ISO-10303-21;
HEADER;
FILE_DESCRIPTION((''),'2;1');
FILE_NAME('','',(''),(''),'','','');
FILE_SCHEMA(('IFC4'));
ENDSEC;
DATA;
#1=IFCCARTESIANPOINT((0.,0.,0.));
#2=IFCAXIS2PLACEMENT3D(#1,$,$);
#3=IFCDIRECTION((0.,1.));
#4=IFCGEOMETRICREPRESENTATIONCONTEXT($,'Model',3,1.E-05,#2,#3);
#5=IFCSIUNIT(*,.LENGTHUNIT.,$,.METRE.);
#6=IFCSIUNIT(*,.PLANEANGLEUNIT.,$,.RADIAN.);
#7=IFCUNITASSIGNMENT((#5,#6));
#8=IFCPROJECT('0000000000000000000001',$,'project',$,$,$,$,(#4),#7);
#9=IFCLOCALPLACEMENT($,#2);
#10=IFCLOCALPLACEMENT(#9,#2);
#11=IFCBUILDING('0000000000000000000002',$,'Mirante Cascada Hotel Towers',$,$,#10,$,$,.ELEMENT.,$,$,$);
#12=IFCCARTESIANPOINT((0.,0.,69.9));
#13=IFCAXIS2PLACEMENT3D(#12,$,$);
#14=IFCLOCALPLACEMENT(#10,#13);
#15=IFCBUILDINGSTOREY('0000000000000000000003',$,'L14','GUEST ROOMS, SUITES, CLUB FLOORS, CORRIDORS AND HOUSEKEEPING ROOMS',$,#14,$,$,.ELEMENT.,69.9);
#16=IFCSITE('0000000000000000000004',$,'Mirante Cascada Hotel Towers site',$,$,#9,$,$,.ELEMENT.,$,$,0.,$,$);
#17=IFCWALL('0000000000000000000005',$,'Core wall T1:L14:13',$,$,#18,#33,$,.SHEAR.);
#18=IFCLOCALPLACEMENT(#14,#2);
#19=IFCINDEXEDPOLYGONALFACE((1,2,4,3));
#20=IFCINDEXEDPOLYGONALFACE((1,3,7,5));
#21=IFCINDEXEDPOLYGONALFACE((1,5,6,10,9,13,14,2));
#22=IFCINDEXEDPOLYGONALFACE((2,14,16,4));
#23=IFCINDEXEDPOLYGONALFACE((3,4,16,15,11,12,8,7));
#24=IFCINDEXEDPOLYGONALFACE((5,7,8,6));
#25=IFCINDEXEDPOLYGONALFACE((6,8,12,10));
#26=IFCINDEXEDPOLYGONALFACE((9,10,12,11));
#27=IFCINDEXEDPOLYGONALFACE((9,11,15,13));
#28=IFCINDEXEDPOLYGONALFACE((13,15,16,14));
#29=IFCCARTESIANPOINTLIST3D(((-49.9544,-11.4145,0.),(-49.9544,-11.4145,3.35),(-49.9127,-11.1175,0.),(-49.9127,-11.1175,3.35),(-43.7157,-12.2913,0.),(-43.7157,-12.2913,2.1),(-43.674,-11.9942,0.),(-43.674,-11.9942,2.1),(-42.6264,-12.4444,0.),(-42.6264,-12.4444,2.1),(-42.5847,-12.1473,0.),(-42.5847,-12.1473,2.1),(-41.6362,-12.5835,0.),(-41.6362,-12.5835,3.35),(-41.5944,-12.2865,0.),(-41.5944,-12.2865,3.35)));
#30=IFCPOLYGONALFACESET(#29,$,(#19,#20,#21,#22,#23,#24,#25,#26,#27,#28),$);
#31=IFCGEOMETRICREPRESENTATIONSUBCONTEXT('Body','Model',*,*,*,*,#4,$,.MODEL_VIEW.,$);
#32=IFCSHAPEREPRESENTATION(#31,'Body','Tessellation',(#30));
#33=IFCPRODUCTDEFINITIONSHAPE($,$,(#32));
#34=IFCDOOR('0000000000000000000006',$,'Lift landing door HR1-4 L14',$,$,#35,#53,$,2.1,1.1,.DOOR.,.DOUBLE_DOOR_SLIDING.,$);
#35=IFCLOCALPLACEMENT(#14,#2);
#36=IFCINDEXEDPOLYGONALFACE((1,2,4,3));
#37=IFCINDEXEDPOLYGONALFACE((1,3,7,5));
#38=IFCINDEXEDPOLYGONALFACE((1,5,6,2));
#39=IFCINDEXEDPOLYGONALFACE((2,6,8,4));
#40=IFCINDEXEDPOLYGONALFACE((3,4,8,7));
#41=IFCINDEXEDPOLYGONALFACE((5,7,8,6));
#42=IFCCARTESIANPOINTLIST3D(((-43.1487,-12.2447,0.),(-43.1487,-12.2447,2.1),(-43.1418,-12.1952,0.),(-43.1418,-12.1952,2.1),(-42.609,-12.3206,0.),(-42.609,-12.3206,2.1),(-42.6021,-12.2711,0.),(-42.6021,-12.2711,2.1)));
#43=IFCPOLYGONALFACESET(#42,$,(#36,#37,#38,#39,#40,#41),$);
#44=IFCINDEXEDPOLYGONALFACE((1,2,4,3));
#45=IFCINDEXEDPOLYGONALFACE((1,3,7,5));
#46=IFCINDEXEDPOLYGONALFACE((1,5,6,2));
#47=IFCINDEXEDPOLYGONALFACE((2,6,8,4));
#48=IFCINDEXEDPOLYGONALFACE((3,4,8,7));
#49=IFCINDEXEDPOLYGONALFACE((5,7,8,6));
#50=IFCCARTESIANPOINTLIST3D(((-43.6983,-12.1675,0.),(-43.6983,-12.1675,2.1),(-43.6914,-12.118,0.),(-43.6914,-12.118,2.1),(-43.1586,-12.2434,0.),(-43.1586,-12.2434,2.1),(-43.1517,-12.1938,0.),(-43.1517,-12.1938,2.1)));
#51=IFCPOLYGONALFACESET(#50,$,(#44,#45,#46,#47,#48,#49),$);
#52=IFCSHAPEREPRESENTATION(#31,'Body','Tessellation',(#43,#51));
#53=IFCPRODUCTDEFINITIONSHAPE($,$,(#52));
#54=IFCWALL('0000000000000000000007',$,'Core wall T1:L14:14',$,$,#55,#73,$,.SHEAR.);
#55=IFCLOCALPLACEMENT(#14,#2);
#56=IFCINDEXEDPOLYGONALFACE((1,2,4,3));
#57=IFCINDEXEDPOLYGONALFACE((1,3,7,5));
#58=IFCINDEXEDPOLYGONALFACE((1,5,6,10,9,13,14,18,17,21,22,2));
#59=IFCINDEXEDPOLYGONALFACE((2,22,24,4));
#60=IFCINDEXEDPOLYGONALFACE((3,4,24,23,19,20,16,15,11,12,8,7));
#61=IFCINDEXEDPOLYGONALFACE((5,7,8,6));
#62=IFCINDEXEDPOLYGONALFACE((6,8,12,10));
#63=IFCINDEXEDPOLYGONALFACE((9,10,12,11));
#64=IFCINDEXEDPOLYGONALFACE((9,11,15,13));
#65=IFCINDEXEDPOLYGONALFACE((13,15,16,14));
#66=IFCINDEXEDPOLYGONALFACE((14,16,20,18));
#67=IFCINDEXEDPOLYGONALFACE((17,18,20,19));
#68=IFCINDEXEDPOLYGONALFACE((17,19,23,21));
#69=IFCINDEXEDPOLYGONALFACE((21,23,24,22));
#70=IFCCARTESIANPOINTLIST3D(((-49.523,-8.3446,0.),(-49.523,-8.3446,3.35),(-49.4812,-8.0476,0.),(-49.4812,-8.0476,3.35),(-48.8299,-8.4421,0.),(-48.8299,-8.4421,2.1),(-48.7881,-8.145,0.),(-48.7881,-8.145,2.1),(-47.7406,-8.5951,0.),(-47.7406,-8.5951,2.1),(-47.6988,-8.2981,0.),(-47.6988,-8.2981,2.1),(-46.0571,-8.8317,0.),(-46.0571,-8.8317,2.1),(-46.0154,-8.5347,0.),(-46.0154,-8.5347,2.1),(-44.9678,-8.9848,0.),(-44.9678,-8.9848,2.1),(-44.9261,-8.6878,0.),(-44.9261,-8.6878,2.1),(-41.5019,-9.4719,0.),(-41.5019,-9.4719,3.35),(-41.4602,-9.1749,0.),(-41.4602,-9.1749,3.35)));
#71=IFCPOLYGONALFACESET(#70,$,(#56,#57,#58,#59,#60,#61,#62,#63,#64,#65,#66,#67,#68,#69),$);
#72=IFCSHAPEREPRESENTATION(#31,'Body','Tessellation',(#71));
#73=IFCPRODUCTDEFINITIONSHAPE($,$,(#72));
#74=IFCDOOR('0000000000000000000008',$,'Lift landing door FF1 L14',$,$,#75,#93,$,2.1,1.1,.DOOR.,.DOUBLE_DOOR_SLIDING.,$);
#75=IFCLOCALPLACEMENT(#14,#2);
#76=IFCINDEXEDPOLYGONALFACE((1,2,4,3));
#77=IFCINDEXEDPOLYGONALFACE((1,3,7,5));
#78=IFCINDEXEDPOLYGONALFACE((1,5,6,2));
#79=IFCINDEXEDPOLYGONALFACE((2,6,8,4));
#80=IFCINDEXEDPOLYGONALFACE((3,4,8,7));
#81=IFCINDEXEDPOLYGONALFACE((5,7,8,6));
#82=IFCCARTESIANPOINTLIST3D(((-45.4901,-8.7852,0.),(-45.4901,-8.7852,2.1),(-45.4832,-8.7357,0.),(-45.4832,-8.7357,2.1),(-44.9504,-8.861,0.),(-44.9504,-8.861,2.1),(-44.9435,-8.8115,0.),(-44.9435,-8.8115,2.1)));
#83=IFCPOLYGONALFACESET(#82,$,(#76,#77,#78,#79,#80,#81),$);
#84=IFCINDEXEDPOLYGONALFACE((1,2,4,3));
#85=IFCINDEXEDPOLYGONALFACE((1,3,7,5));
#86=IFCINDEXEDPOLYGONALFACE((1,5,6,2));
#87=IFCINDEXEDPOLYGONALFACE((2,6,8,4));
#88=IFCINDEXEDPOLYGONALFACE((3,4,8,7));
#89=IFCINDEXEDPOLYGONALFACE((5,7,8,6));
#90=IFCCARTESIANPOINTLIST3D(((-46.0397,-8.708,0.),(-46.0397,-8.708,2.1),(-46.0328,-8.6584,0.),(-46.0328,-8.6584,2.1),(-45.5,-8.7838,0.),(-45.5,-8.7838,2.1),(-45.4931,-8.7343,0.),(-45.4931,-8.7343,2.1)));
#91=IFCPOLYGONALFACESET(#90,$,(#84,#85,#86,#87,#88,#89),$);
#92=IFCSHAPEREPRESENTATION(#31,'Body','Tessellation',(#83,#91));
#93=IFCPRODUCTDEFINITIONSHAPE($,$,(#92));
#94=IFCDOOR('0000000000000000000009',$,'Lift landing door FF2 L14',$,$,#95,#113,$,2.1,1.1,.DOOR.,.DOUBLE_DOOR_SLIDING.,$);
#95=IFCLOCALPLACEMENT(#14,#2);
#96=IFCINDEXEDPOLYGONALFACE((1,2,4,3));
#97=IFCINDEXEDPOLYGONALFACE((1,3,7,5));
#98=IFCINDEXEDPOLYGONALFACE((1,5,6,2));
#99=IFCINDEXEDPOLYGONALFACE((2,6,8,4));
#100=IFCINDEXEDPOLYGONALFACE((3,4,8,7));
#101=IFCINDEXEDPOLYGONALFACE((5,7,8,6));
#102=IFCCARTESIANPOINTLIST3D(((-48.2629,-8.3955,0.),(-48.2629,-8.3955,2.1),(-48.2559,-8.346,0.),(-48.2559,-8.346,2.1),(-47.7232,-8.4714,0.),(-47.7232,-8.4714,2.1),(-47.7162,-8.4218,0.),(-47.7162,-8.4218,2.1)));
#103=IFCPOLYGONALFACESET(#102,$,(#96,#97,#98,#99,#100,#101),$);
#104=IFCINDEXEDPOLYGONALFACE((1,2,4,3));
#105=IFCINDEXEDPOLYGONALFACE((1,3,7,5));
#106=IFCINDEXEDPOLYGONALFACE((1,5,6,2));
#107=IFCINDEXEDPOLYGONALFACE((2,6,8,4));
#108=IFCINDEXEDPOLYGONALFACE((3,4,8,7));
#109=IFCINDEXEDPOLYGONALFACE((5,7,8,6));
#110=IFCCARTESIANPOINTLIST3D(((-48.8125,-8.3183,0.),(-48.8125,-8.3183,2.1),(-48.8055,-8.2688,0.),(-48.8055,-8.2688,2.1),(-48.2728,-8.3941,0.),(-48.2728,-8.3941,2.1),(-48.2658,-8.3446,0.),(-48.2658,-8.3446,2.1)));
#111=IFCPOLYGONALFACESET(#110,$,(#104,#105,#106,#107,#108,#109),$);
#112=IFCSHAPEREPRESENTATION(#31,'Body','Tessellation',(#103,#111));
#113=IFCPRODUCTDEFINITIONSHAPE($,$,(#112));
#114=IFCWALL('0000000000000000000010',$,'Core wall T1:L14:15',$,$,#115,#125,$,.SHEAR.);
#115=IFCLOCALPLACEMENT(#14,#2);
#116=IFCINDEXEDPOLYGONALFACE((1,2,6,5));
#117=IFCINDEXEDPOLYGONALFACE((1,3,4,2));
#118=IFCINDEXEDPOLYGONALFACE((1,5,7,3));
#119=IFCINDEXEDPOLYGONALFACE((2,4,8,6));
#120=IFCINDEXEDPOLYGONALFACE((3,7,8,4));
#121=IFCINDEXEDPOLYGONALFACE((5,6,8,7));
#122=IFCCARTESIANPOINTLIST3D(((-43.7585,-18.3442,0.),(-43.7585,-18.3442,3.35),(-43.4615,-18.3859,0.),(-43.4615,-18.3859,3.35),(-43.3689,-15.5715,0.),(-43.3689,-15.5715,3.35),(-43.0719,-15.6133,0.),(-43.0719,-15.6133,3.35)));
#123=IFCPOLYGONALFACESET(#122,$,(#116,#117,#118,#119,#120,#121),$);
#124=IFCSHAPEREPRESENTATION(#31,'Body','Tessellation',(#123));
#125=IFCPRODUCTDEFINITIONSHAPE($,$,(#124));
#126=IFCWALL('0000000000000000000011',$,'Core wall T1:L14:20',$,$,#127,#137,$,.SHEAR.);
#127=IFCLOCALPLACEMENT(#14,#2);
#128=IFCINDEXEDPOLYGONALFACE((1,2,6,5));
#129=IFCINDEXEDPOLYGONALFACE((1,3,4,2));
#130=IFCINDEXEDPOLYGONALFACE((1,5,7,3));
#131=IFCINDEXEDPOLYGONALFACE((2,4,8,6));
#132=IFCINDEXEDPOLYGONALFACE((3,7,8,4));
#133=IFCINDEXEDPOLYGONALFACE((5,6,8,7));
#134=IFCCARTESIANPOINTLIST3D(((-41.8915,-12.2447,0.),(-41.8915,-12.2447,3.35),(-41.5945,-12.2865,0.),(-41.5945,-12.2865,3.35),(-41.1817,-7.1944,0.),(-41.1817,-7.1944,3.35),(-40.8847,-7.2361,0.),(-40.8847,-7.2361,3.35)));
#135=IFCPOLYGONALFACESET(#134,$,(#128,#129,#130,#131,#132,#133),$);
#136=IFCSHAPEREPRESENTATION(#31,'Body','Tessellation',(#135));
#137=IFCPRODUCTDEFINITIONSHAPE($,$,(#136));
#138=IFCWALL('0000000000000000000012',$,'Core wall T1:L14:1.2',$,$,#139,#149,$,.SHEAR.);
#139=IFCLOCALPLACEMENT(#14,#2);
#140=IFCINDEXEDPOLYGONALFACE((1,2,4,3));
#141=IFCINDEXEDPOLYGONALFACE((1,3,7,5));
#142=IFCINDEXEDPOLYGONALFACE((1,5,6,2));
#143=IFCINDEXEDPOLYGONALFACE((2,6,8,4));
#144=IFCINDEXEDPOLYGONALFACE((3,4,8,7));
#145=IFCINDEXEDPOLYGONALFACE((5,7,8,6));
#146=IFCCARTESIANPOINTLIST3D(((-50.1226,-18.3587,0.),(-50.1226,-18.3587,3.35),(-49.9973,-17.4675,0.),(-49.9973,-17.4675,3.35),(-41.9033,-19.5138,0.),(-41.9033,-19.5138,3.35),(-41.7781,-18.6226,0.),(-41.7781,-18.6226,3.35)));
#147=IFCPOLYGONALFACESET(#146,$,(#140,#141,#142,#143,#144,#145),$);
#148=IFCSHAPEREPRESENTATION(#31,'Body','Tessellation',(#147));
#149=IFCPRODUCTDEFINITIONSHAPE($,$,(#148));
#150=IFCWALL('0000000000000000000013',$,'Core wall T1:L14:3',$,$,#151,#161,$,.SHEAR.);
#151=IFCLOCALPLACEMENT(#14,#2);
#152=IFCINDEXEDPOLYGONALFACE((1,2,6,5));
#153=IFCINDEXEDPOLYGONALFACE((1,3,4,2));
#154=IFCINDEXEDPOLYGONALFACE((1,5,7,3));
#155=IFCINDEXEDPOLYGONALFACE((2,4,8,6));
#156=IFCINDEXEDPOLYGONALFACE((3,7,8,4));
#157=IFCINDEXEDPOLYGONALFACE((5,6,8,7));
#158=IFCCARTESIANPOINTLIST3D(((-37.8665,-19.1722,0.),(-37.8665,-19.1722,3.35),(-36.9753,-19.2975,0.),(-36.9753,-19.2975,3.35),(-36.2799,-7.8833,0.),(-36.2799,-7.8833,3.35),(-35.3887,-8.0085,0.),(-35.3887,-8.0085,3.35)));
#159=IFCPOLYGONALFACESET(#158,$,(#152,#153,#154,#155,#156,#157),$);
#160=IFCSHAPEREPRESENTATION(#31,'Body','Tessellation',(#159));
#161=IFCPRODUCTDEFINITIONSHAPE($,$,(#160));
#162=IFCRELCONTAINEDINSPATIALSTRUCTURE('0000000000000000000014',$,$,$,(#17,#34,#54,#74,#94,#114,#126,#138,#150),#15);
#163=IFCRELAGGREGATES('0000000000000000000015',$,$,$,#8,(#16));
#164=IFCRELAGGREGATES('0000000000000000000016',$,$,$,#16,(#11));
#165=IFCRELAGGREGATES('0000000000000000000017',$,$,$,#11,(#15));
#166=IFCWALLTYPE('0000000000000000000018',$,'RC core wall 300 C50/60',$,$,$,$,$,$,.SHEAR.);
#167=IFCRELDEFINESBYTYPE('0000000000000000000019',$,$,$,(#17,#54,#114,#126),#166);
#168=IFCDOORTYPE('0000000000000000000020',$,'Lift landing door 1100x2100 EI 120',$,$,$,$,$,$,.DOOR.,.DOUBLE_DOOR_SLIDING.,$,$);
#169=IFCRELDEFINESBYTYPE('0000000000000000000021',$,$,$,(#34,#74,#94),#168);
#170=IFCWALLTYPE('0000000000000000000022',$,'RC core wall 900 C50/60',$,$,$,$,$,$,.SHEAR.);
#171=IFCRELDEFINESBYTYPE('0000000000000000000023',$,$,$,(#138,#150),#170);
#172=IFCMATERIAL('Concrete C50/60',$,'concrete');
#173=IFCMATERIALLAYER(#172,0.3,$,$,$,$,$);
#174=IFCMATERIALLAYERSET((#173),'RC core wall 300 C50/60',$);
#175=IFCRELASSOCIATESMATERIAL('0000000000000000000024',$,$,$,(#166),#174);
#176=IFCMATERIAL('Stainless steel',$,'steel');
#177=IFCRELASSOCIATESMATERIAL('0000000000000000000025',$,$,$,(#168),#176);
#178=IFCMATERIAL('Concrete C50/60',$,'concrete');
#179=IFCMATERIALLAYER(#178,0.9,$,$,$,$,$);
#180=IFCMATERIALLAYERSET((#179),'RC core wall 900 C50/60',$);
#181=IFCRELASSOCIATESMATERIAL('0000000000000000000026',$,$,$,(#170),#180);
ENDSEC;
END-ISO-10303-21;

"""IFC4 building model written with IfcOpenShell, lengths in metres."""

from ifc_helpers import new_model, si_unit, direction, frame, frame_2d, origin, place, context, subcontext, project, spatial, rectangle, extrude, material, layer, layer_set, type_object, element, fill, save


model = new_model("IFC4")

# Units and contexts
model_context = context("Model", 3, precision=1e-05, world=origin(), true_north=direction((0.0, 1.0)))
body_context = subcontext(model_context, "Body", "Model", "MODEL_VIEW")
ifc_project = project(units=[si_unit("LENGTHUNIT", "METRE"), si_unit("PLANEANGLEUNIT", "RADIAN")], contexts=[model_context])

# Site, building, storey
site_placement = place(None, origin())
site = spatial("IfcSite", under=ifc_project, at=site_placement, Name="Mirante Cascada Hotel Towers site", CompositionType="ELEMENT", RefElevation=0.0)
building_placement = place(site_placement, origin())
building = spatial("IfcBuilding", under=site, at=building_placement, Name="Mirante Cascada Hotel Towers", CompositionType="ELEMENT")
storey_placement = place(building_placement, frame((0.0, 0.0, 69.9)))
storey = spatial("IfcBuildingStorey", under=building, at=storey_placement, Name="L14", Description="GUEST ROOMS, SUITES, CLUB FLOORS, CORRIDORS AND HOUSEKEEPING ROOMS", CompositionType="ELEMENT", Elevation=69.9)

# Shared definitions
ifc_material_1 = material(Name="Concrete C50/60", Category="concrete")
ifc_layer_1 = layer(ifc_material_1, 0.3)
ifc_layer_set_1 = layer_set([ifc_layer_1], Name="RC core wall 300 C50/60")
wall_type_1 = type_object("IfcWallType", Name="RC core wall 300 C50/60", PredefinedType="SHEAR", material=ifc_layer_set_1)

# Shared definitions
ifc_material_2 = material(Name="Stainless steel", Category="steel")
door_type_1 = type_object("IfcDoorType", Name="Lift landing door 1100x2100 EI 120", OperationType="DOUBLE_DOOR_SLIDING", PredefinedType="DOOR", material=ifc_material_2)

# Wall, opening, door
wall_1_placement = place(storey_placement, frame((-41.6153, -12.435, 0.0), z_axis=(0.0, 0.0, 1.0), x_axis=(-0.990269, 0.139166, 0.0)))
wall_1 = element("IfcWall", 1, at=wall_1_placement, inside=storey, type_object=wall_type_1, Name="Core wall T1:L14:13", PredefinedType="SHEAR", context=body_context, shape_type="SweptSolid", body=[
    extrude(rectangle(XDim=8.4, YDim=0.3, at=frame_2d((4.2, 0.0))), origin(), (0.0, 0.0, 1.0), 3.35),
])
opening_1_placement = place(wall_1_placement, frame((1.0, 0.0, 0.0)))
opening_1 = element("IfcOpeningElement", 2, at=opening_1_placement, cuts=wall_1, PredefinedType="OPENING", context=body_context, shape_type="SweptSolid", body=[
    extrude(rectangle(XDim=1.1, YDim=2.1, at=frame_2d((0.55, 1.05))), frame((0.0, 0.15, 0.0), z_axis=(0.0, -1.0, 0.0), x_axis=(1.0, 0.0, 0.0)), (0.0, 0.0, 1.0), 0.3),
])
door_1_placement = place(opening_1_placement, origin())
door_1 = element("IfcDoor", 3, at=door_1_placement, inside=storey, type_object=door_type_1, Name="Lift landing door HR1-4 L14", OperationType="DOUBLE_DOOR_SLIDING", OverallHeight=2.1, OverallWidth=1.1, PredefinedType="DOOR", context=body_context, shape_type="SweptSolid", body=[
    extrude(rectangle(XDim=0.545, YDim=2.1, at=frame_2d((0.2725, 1.05))), frame((0.0, 0.025, 0.0), z_axis=(0.0, -1.0, 0.0), x_axis=(1.0, 0.0, 0.0)), (0.0, 0.0, 1.0), 0.05),
    extrude(rectangle(XDim=0.545, YDim=2.1, at=frame_2d((0.8275, 1.05))), frame((0.0, 0.025, 0.0), z_axis=(0.0, -1.0, 0.0), x_axis=(1.0, 0.0, 0.0)), (0.0, 0.0, 1.0), 0.05),
])
fill(opening_1, door_1)

# Wall, openings, doors
wall_2_placement = place(storey_placement, frame((-41.481, -9.3234, 0.0), z_axis=(0.0, 0.0, 1.0), x_axis=(-0.990268, 0.139174, 0.0)))
wall_2 = element("IfcWall", 4, at=wall_2_placement, inside=storey, type_object=wall_type_1, Name="Core wall T1:L14:14", PredefinedType="SHEAR", context=body_context, shape_type="SweptSolid", body=[
    extrude(rectangle(XDim=8.0999, YDim=0.3, at=frame_2d((4.05, 0.0))), origin(), (0.0, 0.0, 1.0), 3.35),
])
opening_2_placement = place(wall_2_placement, frame((3.5, 0.0, 0.0)))
opening_2 = element("IfcOpeningElement", 5, at=opening_2_placement, cuts=wall_2, PredefinedType="OPENING", context=body_context, shape_type="SweptSolid", body=[
    extrude(rectangle(XDim=1.1, YDim=2.1, at=frame_2d((0.55, 1.05))), frame((0.0, 0.15, 0.0), z_axis=(0.0, -1.0, 0.0), x_axis=(1.0, 0.0, 0.0)), (0.0, 0.0, 1.0), 0.3),
])
opening_3_placement = place(wall_2_placement, frame((6.3, 0.0, 0.0)))
opening_3 = element("IfcOpeningElement", 6, at=opening_3_placement, cuts=wall_2, PredefinedType="OPENING", context=body_context, shape_type="SweptSolid", body=[
    extrude(rectangle(XDim=1.1, YDim=2.1, at=frame_2d((0.55, 1.05))), frame((0.0, 0.15, 0.0), z_axis=(0.0, -1.0, 0.0), x_axis=(1.0, 0.0, 0.0)), (0.0, 0.0, 1.0), 0.3),
])
door_2_placement = place(opening_2_placement, origin())
door_2 = element("IfcDoor", 7, at=door_2_placement, inside=storey, type_object=door_type_1, Name="Lift landing door FF1 L14", OperationType="DOUBLE_DOOR_SLIDING", OverallHeight=2.1, OverallWidth=1.1, PredefinedType="DOOR", context=body_context, shape_type="SweptSolid", body=[
    extrude(rectangle(XDim=0.545, YDim=2.1, at=frame_2d((0.2725, 1.05))), frame((0.0, 0.025, 0.0), z_axis=(0.0, -1.0, 0.0), x_axis=(1.0, 0.0, 0.0)), (0.0, 0.0, 1.0), 0.05),
    extrude(rectangle(XDim=0.545, YDim=2.1, at=frame_2d((0.8275, 1.05))), frame((0.0, 0.025, 0.0), z_axis=(0.0, -1.0, 0.0), x_axis=(1.0, 0.0, 0.0)), (0.0, 0.0, 1.0), 0.05),
])
fill(opening_2, door_2)
door_3_placement = place(opening_3_placement, origin())
door_3 = element("IfcDoor", 8, at=door_3_placement, inside=storey, type_object=door_type_1, Name="Lift landing door FF2 L14", OperationType="DOUBLE_DOOR_SLIDING", OverallHeight=2.1, OverallWidth=1.1, PredefinedType="DOOR", context=body_context, shape_type="SweptSolid", body=[
    extrude(rectangle(XDim=0.545, YDim=2.1, at=frame_2d((0.2725, 1.05))), frame((0.0, 0.025, 0.0), z_axis=(0.0, -1.0, 0.0), x_axis=(1.0, 0.0, 0.0)), (0.0, 0.0, 1.0), 0.05),
    extrude(rectangle(XDim=0.545, YDim=2.1, at=frame_2d((0.8275, 1.05))), frame((0.0, 0.025, 0.0), z_axis=(0.0, -1.0, 0.0), x_axis=(1.0, 0.0, 0.0)), (0.0, 0.0, 1.0), 0.05),
])
fill(opening_3, door_3)

# Walls
wall_3_placement = place(storey_placement, frame((-43.61, -18.3651, 0.0), z_axis=(0.0, 0.0, 1.0), x_axis=(0.139146, 0.990272, 0.0)))
element("IfcWall", 9, at=wall_3_placement, inside=storey, type_object=wall_type_1, Name="Core wall T1:L14:15", PredefinedType="SHEAR", context=body_context, shape_type="SweptSolid", body=[
    extrude(rectangle(XDim=2.7999, YDim=0.3, at=frame_2d((1.4, 0.0))), origin(), (0.0, 0.0, 1.0), 3.35),
])
wall_4_placement = place(storey_placement, frame((-41.743, -12.2656, 0.0), z_axis=(0.0, 0.0, 1.0), x_axis=(0.139176, 0.990268, 0.0)))
element("IfcWall", 10, at=wall_4_placement, inside=storey, type_object=wall_type_1, Name="Core wall T1:L14:20", PredefinedType="SHEAR", context=body_context, shape_type="SweptSolid", body=[
    extrude(rectangle(XDim=5.1, YDim=0.3, at=frame_2d((2.55, 0.0))), origin(), (0.0, 0.0, 1.0), 3.35),
])
ifc_material_3 = material(Name="Concrete C50/60", Category="concrete")
ifc_layer_2 = layer(ifc_material_3, 0.9)
ifc_layer_set_2 = layer_set([ifc_layer_2], Name="RC core wall 900 C50/60")
wall_type_2 = type_object("IfcWallType", Name="RC core wall 900 C50/60", PredefinedType="SHEAR", material=ifc_layer_set_2)
wall_5_placement = place(storey_placement, frame((-41.8407, -19.0682, 0.0), z_axis=(0.0, 0.0, 1.0), x_axis=(-0.990269, 0.139169, 0.0)))
element("IfcWall", 11, at=wall_5_placement, inside=storey, type_object=wall_type_2, Name="Core wall T1:L14:1.2", PredefinedType="SHEAR", context=body_context, shape_type="SweptSolid", body=[
    extrude(rectangle(XDim=8.3, YDim=0.9, at=frame_2d((4.15, 0.0))), origin(), (0.0, 0.0, 1.0), 3.35),
])
wall_6_placement = place(storey_placement, frame((-37.4209, -19.2349, 0.0), z_axis=(0.0, 0.0, 1.0), x_axis=(0.139176, 0.990268, 0.0)))
element("IfcWall", 12, at=wall_6_placement, inside=storey, type_object=wall_type_2, Name="Core wall T1:L14:3", PredefinedType="SHEAR", context=body_context, shape_type="SweptSolid", body=[
    extrude(rectangle(XDim=11.3999, YDim=0.9, at=frame_2d((5.7, 0.0))), origin(), (0.0, 0.0, 1.0), 3.35),
])

save(model, "model.ifc")
